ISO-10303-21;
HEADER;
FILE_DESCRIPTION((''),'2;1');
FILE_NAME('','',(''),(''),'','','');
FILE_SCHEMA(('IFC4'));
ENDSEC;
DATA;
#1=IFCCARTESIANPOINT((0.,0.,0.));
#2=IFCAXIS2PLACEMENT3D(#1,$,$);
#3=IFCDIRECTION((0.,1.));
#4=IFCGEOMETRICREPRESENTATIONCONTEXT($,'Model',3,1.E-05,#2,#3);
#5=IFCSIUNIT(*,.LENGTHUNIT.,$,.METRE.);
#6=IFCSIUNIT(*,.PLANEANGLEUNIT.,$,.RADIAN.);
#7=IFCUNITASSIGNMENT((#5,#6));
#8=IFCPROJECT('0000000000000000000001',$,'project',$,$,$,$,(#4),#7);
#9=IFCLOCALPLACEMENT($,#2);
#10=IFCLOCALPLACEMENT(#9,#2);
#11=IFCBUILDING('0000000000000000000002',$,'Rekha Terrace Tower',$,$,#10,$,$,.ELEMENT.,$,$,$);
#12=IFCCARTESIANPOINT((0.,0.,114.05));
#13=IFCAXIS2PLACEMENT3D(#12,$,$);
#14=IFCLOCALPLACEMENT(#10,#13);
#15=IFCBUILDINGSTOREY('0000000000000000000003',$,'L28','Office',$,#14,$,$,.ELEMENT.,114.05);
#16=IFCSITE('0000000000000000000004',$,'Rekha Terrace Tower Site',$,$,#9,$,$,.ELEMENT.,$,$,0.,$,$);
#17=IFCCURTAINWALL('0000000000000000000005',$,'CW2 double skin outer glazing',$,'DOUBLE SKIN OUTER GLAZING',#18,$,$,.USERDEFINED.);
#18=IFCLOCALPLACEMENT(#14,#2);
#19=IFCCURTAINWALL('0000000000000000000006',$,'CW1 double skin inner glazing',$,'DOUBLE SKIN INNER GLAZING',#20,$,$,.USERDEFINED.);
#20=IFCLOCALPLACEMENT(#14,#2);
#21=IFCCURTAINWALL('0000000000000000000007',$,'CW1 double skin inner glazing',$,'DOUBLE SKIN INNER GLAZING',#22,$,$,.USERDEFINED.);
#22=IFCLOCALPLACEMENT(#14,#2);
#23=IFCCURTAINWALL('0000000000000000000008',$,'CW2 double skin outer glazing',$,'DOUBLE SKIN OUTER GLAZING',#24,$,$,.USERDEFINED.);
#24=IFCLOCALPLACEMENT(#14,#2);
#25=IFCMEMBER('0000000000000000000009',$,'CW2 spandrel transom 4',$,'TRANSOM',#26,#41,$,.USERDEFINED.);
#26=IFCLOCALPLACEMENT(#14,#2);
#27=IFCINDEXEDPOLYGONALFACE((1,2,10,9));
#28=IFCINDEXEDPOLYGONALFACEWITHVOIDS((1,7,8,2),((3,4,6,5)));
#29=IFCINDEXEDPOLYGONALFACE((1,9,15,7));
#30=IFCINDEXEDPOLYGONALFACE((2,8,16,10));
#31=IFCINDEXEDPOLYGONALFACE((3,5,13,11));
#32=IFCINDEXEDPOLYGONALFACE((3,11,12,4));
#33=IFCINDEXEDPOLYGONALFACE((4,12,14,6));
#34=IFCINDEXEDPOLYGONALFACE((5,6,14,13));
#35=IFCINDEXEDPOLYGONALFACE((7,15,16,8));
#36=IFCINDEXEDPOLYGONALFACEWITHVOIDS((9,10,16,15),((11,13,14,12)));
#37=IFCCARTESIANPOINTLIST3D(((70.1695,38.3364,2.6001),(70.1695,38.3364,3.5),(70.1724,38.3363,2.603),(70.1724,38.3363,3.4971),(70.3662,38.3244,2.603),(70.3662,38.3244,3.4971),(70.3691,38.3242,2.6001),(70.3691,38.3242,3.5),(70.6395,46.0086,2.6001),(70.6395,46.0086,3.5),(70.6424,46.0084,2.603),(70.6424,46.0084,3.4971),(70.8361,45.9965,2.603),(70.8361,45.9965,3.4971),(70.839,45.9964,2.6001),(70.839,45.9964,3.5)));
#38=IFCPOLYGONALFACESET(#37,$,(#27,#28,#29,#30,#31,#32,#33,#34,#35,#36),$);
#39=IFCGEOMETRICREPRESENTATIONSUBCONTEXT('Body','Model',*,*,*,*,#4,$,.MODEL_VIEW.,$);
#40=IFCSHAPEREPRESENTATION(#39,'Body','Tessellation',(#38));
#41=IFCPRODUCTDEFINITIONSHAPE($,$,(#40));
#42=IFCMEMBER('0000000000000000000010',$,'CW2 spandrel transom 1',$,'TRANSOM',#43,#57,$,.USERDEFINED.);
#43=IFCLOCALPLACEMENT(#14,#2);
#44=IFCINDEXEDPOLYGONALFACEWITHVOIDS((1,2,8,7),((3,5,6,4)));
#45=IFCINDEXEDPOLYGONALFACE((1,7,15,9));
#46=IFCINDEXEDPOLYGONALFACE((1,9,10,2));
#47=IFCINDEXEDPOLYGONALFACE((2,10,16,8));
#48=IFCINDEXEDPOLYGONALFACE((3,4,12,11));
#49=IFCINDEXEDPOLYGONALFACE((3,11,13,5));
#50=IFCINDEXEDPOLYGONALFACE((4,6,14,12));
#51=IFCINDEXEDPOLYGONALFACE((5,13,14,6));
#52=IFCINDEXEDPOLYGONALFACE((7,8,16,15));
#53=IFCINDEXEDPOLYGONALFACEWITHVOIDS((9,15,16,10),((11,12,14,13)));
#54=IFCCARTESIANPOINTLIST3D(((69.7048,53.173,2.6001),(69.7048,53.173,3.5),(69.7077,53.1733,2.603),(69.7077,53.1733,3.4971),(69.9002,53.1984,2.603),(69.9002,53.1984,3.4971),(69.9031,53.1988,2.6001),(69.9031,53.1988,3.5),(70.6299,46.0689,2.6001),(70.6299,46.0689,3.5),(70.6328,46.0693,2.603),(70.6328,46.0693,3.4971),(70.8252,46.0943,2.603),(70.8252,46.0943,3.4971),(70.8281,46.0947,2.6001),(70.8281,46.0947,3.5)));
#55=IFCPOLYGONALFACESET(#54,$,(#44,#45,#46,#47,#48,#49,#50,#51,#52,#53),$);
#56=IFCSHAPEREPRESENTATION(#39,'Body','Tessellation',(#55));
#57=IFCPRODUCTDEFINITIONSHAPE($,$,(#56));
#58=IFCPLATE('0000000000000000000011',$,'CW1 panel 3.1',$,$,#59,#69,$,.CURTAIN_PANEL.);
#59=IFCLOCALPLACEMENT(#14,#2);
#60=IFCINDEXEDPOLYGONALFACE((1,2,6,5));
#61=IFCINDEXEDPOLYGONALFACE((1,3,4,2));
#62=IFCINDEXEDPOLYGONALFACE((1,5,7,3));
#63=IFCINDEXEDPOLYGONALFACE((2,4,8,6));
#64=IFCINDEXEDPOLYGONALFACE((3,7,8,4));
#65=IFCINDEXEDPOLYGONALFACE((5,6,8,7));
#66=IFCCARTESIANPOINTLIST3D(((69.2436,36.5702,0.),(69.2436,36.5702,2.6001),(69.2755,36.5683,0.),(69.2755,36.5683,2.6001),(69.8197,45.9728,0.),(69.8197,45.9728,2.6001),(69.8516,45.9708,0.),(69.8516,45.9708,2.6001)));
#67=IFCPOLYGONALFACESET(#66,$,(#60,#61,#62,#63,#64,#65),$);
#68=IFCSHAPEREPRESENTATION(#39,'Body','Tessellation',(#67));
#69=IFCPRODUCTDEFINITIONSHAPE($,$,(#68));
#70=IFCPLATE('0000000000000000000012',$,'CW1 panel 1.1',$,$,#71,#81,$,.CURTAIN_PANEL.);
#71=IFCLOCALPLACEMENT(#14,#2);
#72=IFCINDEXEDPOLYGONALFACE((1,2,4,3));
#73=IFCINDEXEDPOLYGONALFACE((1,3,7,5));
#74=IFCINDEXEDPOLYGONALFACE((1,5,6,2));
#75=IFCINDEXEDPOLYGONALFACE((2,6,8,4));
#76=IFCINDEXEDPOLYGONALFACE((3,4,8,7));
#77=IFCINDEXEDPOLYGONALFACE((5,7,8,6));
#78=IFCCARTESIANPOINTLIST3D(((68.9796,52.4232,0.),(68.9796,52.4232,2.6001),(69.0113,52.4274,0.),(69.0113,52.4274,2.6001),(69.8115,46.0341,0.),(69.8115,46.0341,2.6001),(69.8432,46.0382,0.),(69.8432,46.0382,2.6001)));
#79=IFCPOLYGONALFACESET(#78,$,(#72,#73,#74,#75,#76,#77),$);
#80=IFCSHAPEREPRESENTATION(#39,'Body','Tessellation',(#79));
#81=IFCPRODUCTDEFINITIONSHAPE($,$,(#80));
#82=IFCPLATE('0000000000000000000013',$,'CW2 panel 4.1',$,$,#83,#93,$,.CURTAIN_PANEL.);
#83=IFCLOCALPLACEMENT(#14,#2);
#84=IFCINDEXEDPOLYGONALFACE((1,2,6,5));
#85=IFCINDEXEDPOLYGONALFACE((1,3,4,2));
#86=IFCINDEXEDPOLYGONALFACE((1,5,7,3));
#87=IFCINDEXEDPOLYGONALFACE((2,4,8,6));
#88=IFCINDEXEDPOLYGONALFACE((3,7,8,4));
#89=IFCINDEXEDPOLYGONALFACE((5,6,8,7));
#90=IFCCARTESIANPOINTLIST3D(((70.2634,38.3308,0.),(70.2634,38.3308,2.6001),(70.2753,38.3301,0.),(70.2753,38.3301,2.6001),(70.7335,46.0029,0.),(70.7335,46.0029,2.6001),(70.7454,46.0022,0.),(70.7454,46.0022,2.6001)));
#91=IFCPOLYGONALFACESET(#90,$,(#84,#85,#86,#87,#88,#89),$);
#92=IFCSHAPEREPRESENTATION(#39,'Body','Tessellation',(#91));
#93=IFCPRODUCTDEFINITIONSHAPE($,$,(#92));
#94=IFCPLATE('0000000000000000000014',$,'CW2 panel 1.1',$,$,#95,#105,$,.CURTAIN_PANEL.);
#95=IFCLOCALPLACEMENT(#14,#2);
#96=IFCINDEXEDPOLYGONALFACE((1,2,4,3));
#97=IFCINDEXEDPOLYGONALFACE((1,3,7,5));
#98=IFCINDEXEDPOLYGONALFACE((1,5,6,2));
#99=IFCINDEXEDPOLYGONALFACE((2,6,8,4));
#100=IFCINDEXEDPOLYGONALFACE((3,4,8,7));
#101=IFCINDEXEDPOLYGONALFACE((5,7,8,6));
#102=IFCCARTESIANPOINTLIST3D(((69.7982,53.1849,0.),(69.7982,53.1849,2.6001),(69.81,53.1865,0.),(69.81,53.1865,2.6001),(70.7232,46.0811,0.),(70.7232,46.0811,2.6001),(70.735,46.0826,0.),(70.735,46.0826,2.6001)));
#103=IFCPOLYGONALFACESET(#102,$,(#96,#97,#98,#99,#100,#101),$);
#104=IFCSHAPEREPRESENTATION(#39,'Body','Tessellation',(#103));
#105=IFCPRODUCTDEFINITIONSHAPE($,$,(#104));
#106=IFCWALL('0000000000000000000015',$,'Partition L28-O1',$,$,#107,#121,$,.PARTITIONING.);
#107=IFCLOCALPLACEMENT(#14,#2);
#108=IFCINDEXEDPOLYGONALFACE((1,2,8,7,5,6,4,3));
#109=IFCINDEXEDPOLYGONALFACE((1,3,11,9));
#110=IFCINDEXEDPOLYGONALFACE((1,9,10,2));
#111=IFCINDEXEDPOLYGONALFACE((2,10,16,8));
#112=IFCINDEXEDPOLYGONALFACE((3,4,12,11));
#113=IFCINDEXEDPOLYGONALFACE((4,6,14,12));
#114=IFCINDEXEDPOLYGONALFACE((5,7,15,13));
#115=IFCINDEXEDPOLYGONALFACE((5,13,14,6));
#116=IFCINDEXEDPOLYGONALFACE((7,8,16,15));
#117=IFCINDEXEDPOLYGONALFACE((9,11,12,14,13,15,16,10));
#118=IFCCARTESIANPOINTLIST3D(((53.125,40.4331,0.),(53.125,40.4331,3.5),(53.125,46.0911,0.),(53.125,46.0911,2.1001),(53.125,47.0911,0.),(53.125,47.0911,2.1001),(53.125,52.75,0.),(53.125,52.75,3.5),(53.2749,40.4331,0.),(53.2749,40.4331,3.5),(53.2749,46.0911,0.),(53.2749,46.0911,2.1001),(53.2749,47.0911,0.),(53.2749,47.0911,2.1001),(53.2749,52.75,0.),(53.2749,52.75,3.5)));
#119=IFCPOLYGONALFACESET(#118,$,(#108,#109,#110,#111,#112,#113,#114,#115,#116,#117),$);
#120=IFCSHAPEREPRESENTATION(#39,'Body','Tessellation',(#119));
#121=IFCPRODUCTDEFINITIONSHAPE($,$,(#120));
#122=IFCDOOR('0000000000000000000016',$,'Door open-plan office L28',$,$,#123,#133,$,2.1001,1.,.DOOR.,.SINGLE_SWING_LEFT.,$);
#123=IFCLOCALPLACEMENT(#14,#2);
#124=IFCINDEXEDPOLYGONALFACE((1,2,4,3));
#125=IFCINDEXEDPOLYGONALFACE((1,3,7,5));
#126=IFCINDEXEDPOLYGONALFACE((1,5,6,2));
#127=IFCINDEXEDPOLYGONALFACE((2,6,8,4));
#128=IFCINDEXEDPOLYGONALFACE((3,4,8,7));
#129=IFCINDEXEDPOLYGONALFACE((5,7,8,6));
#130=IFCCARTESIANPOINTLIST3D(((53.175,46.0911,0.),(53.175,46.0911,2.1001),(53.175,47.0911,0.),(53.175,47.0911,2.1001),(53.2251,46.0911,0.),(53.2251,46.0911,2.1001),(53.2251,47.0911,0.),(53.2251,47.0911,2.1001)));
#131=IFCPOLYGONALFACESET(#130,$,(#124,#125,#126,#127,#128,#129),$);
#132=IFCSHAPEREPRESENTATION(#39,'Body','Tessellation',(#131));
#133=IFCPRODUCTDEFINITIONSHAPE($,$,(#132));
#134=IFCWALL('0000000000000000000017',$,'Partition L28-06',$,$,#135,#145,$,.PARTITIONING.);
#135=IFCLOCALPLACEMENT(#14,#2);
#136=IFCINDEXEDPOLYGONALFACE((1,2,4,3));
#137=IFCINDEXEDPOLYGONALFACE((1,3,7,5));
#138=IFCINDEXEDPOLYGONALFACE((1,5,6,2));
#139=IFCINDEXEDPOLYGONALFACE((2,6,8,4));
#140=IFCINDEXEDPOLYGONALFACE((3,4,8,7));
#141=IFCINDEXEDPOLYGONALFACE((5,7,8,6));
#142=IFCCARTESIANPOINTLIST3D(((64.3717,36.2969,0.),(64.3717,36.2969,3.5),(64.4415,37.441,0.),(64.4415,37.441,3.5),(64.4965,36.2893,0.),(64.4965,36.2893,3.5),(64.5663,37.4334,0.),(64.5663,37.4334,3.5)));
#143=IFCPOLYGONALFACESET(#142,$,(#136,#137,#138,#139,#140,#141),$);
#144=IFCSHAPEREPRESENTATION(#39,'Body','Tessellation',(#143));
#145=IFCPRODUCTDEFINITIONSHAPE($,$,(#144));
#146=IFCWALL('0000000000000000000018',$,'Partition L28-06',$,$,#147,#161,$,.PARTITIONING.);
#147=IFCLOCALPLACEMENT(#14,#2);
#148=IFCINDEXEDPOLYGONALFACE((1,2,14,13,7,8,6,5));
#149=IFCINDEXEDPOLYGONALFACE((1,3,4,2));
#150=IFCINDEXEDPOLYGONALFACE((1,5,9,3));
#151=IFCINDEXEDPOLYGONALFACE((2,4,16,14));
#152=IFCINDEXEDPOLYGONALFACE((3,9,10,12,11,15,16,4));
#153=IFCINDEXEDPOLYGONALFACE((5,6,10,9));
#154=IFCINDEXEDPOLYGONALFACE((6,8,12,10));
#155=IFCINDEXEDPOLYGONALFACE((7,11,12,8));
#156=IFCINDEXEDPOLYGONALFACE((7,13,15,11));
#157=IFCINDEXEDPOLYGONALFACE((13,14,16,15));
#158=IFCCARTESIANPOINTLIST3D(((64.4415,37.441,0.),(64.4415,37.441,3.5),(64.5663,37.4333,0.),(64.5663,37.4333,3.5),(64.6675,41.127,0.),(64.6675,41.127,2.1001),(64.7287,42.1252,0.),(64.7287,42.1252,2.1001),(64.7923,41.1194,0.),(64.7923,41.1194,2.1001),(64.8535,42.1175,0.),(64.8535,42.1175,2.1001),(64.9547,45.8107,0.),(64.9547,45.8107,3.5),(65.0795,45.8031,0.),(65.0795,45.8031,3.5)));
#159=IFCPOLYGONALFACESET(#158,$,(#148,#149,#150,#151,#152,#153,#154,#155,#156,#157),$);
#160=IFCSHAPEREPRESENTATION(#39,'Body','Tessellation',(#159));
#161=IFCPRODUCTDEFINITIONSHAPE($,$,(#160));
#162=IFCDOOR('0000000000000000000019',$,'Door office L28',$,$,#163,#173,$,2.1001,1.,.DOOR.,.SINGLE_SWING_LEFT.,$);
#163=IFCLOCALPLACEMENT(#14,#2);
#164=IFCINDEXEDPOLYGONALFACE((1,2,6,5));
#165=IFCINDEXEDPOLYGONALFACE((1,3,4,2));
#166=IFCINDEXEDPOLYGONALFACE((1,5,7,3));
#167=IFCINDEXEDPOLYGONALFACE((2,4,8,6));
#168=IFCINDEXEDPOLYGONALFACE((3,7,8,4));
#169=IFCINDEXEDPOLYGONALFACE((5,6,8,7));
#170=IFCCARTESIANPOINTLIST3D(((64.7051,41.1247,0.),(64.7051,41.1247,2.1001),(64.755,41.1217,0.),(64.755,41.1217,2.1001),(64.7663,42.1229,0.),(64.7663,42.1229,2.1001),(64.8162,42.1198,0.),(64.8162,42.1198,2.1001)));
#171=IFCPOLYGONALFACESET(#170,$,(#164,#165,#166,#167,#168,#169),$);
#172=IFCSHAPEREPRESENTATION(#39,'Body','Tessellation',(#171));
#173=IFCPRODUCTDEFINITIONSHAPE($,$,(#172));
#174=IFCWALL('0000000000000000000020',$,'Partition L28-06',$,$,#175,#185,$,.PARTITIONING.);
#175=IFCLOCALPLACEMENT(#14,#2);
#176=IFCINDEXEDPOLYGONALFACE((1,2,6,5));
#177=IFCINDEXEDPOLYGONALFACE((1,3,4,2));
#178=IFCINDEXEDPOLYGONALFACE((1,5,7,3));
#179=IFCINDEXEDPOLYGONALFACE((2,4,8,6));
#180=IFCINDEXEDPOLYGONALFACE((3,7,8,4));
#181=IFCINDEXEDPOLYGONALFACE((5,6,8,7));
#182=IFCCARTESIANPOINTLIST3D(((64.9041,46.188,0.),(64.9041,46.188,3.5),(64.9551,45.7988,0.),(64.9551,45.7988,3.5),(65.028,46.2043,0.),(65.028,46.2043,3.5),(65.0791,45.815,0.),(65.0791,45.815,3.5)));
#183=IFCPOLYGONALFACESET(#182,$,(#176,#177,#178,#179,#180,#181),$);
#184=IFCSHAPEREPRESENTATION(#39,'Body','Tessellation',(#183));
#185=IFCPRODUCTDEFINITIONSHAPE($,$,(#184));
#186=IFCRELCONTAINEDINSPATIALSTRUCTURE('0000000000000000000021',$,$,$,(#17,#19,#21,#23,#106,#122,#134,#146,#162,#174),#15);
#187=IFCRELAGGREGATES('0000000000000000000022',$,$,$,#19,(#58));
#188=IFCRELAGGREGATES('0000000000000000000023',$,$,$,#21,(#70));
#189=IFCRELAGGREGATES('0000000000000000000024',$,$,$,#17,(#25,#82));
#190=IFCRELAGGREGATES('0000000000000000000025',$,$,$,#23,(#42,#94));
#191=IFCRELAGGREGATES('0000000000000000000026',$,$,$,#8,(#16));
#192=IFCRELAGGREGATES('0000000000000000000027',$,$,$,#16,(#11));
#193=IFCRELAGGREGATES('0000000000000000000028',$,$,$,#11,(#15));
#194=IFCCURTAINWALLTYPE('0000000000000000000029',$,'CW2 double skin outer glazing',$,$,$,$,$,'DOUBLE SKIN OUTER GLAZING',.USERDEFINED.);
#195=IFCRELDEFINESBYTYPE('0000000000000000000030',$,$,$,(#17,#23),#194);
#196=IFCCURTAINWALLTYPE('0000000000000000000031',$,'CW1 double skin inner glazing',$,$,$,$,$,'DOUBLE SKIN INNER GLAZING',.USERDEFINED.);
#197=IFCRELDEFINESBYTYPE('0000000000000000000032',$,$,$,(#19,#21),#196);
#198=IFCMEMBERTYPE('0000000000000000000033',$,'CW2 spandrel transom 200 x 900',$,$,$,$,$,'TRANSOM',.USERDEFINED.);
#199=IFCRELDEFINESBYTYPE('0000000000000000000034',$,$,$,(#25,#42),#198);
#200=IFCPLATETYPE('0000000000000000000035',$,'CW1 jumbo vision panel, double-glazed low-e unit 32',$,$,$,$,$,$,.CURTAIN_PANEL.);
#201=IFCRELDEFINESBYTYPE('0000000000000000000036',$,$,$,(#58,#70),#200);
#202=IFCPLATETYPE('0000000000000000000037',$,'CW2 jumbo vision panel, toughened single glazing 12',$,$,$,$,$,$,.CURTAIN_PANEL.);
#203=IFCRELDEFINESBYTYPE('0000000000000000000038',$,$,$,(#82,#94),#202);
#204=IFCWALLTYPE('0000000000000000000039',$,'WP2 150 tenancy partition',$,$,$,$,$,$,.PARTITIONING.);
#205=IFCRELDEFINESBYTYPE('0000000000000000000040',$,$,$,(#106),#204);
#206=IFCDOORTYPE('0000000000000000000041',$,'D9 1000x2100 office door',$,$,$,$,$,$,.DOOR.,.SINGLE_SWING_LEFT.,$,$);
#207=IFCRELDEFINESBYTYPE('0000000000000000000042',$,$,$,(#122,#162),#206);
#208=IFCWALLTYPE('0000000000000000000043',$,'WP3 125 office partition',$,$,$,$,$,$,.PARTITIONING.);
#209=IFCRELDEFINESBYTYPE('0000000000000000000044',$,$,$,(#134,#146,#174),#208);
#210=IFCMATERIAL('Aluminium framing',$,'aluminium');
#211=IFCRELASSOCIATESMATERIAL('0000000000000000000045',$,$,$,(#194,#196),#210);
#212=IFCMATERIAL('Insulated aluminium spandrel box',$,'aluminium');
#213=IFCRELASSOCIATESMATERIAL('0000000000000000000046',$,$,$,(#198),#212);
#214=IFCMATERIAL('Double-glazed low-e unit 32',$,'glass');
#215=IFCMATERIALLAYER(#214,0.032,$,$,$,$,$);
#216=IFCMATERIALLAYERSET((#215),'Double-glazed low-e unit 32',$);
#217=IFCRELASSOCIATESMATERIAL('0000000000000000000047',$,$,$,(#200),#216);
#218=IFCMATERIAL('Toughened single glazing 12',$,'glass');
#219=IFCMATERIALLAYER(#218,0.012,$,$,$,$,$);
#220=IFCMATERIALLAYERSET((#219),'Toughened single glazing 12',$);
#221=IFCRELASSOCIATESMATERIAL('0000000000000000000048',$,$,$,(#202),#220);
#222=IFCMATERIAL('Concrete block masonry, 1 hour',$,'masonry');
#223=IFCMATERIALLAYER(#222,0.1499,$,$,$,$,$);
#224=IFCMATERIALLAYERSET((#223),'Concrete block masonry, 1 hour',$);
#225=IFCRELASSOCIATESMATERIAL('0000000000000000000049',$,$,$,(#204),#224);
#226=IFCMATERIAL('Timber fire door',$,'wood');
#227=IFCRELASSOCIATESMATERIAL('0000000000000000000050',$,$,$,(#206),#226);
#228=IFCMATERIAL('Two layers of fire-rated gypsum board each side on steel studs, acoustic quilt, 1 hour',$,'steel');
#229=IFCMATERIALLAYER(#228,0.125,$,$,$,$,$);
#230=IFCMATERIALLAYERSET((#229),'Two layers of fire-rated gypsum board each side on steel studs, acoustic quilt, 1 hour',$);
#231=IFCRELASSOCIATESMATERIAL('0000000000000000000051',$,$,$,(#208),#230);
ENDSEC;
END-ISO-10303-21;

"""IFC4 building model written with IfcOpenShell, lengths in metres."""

from ifc_helpers import new_model, si_unit, direction, frame, frame_2d, origin, origin_2d, place, context, subcontext, project, spatial, rectangle, hollow_rectangle, extrude, material, layer, layer_set, material_profile, profile_set, type_object, element, fill, aggregate, save


model = new_model("IFC4")

# Units and contexts
model_context = context("Model", 3, precision=1e-05, world=origin(), true_north=direction((0.0, 1.0)))
body_context = subcontext(model_context, "Body", "Model", "MODEL_VIEW")
ifc_project = project(units=[si_unit("LENGTHUNIT", "METRE"), si_unit("PLANEANGLEUNIT", "RADIAN")], contexts=[model_context])

# Site, building, storey
site_placement = place(None, origin())
site = spatial("IfcSite", under=ifc_project, at=site_placement, Name="Rekha Terrace Tower Site", CompositionType="ELEMENT", RefElevation=0.0)
building_placement = place(site_placement, origin())
building = spatial("IfcBuilding", under=site, at=building_placement, Name="Rekha Terrace Tower", CompositionType="ELEMENT")
storey_placement = place(building_placement, frame((0.0, 0.0, 114.05)))
storey = spatial("IfcBuildingStorey", under=building, at=storey_placement, Name="L28", Description="Office", CompositionType="ELEMENT", Elevation=114.05)

# Curtain walls
ifc_material_1 = material(Name="Aluminium framing", Category="aluminium")
curtain_wall_type_1 = type_object("IfcCurtainWallType", Name="CW2 double skin outer glazing", ElementType="DOUBLE SKIN OUTER GLAZING", PredefinedType="USERDEFINED", material=ifc_material_1)
curtain_wall_1_placement = place(storey_placement, origin())
curtain_wall_1 = element("IfcCurtainWall", 1, at=curtain_wall_1_placement, inside=storey, type_object=curtain_wall_type_1, Name="CW2 double skin outer glazing", ObjectType="DOUBLE SKIN OUTER GLAZING", PredefinedType="USERDEFINED")
curtain_wall_type_2 = type_object("IfcCurtainWallType", Name="CW1 double skin inner glazing", ElementType="DOUBLE SKIN INNER GLAZING", PredefinedType="USERDEFINED", material=ifc_material_1)
curtain_wall_2_placement = place(storey_placement, origin())
curtain_wall_2 = element("IfcCurtainWall", 2, at=curtain_wall_2_placement, inside=storey, type_object=curtain_wall_type_2, Name="CW1 double skin inner glazing", ObjectType="DOUBLE SKIN INNER GLAZING", PredefinedType="USERDEFINED")
curtain_wall_3_placement = place(storey_placement, origin())
curtain_wall_3 = element("IfcCurtainWall", 3, at=curtain_wall_3_placement, inside=storey, type_object=curtain_wall_type_2, Name="CW1 double skin inner glazing", ObjectType="DOUBLE SKIN INNER GLAZING", PredefinedType="USERDEFINED")

# Shared definitions
ifc_material_2 = material(Name="Insulated aluminium spandrel box", Category="aluminium")

# Curtain wall
curtain_wall_4_placement = place(storey_placement, origin())
curtain_wall_4 = element("IfcCurtainWall", 4, at=curtain_wall_4_placement, inside=storey, type_object=curtain_wall_type_1, Name="CW2 double skin outer glazing", ObjectType="DOUBLE SKIN OUTER GLAZING", PredefinedType="USERDEFINED")

# Members
ifc_material_profile_1 = material_profile(ifc_material_2, hollow_rectangle(XDim=0.2, YDim=0.8999, WallThickness=0.0029, at=origin_2d()), Name="AL SPANDREL BOX 200x900")
ifc_profile_set_1 = profile_set([ifc_material_profile_1], Name="Insulated aluminium spandrel box")
member_type_1 = type_object("IfcMemberType", Name="CW2 spandrel transom 200 x 900", ElementType="TRANSOM", PredefinedType="USERDEFINED", material=ifc_profile_set_1)
member_1_placement = place(storey_placement, frame((70.2693, 38.3303, 3.05), z_axis=(0.061142, 0.998129, 0.0), x_axis=(-0.998129, 0.061142, 0.0)))
member_1 = element("IfcMember", 5, at=member_1_placement, type_object=member_type_1, Name="CW2 spandrel transom 4", ObjectType="TRANSOM", PredefinedType="USERDEFINED", context=body_context, shape_type="SweptSolid", body=[
    extrude(hollow_rectangle(XDim=0.2, YDim=0.8999, WallThickness=0.0029, at=origin_2d()), origin(), (0.0, 0.0, 1.0), 7.6865),
])
member_2_placement = place(storey_placement, frame((70.729, 46.0818, 3.05), z_axis=(-0.129125, 0.991628, 0.0), x_axis=(-0.991628, -0.129125, 0.0)))
member_2 = element("IfcMember", 6, at=member_2_placement, type_object=member_type_1, Name="CW2 spandrel transom 1", ObjectType="TRANSOM", PredefinedType="USERDEFINED", context=body_context, shape_type="SweptSolid", body=[
    extrude(hollow_rectangle(XDim=0.2, YDim=0.8999, WallThickness=0.0029, at=origin_2d()), origin(), (0.0, 0.0, 1.0), 7.1641),
])

# Plates
ifc_material_3 = material(Name="Double-glazed low-e unit 32", Category="glass")
ifc_layer_1 = layer(ifc_material_3, 0.032)
ifc_layer_set_1 = layer_set([ifc_layer_1], Name="Double-glazed low-e unit 32")
plate_type_1 = type_object("IfcPlateType", Name="CW1 jumbo vision panel, double-glazed low-e unit 32", PredefinedType="CURTAIN_PANEL", material=ifc_layer_set_1)
plate_1_placement = place(storey_placement, frame((69.5476, 41.2705, 0.0), z_axis=(0.0, 0.0, 1.0), x_axis=(0.06116, 0.998128, 0.0)))
plate_1 = element("IfcPlate", 7, at=plate_1_placement, type_object=plate_type_1, Name="CW1 panel 3.1", PredefinedType="CURTAIN_PANEL", context=body_context, shape_type="SweptSolid", body=[
    extrude(rectangle(XDim=9.4202, YDim=0.032, at=origin_2d()), origin(), (0.0, 0.0, 1.0), 2.6001),
])
aggregate(curtain_wall_2, [plate_1])
plate_2_placement = place(storey_placement, frame((69.4114, 49.2307, 0.0), z_axis=(0.0, 0.0, 1.0), x_axis=(-0.129118, 0.991629, 0.0)))
plate_2 = element("IfcPlate", 8, at=plate_2_placement, type_object=plate_type_1, Name="CW1 panel 1.1", PredefinedType="CURTAIN_PANEL", context=body_context, shape_type="SweptSolid", body=[
    extrude(rectangle(XDim=6.4431, YDim=0.032, at=origin_2d()), origin(), (0.0, 0.0, 1.0), 2.6001),
])
aggregate(curtain_wall_3, [plate_2])
ifc_material_4 = material(Name="Toughened single glazing 12", Category="glass")
ifc_layer_2 = layer(ifc_material_4, 0.012)
ifc_layer_set_2 = layer_set([ifc_layer_2], Name="Toughened single glazing 12")
plate_type_2 = type_object("IfcPlateType", Name="CW2 jumbo vision panel, toughened single glazing 12", PredefinedType="CURTAIN_PANEL", material=ifc_layer_set_2)
plate_3_placement = place(storey_placement, frame((70.5044, 42.1665, 0.0), z_axis=(0.0, 0.0, 1.0), x_axis=(0.06116, 0.998128, 0.0)))
plate_3 = element("IfcPlate", 9, at=plate_3_placement, type_object=plate_type_2, Name="CW2 panel 4.1", PredefinedType="CURTAIN_PANEL", context=body_context, shape_type="SweptSolid", body=[
    extrude(rectangle(XDim=7.6865, YDim=0.012, at=origin_2d()), origin(), (0.0, 0.0, 1.0), 2.6001),
])
aggregate(curtain_wall_1, [member_1, plate_3])
plate_4_placement = place(storey_placement, frame((70.2666, 49.6338, 0.0), z_axis=(0.0, 0.0, 1.0), x_axis=(-0.129118, 0.991629, 0.0)))
plate_4 = element("IfcPlate", 10, at=plate_4_placement, type_object=plate_type_2, Name="CW2 panel 1.1", PredefinedType="CURTAIN_PANEL", context=body_context, shape_type="SweptSolid", body=[
    extrude(rectangle(XDim=7.1638, YDim=0.012, at=origin_2d()), origin(), (0.0, 0.0, 1.0), 2.6001),
])
aggregate(curtain_wall_4, [member_2, plate_4])

# Wall, opening, door
ifc_material_5 = material(Name="Concrete block masonry, 1 hour", Category="masonry")
ifc_layer_3 = layer(ifc_material_5, 0.1499)
ifc_layer_set_3 = layer_set([ifc_layer_3], Name="Concrete block masonry, 1 hour")
wall_type_1 = type_object("IfcWallType", Name="WP2 150 tenancy partition", PredefinedType="PARTITIONING", material=ifc_layer_set_3)
wall_1_placement = place(storey_placement, frame((53.2, 40.4331, 0.0), z_axis=(0.0, 0.0, 1.0), x_axis=(0.0, 1.0, 0.0)))
wall_1 = element("IfcWall", 11, at=wall_1_placement, inside=storey, type_object=wall_type_1, Name="Partition L28-O1", PredefinedType="PARTITIONING", context=body_context, shape_type="SweptSolid", body=[
    extrude(rectangle(XDim=12.3169, YDim=0.1499, at=frame_2d((6.1584, 0.0))), origin(), (0.0, 0.0, 1.0), 3.5),
])
opening_1_placement = place(wall_1_placement, frame((5.658, 0.0, 0.0)))
opening_1 = element("IfcOpeningElement", 12, at=opening_1_placement, cuts=wall_1, PredefinedType="OPENING", context=body_context, shape_type="SweptSolid", body=[
    extrude(rectangle(XDim=1.0, YDim=2.1001, at=frame_2d((0.5, 1.05))), frame((0.0, 0.085, 0.0), z_axis=(0.0, -1.0, 0.0), x_axis=(1.0, 0.0, 0.0)), (0.0, 0.0, 1.0), 0.1699),
])
ifc_material_6 = material(Name="Timber fire door", Category="wood")
door_type = type_object("IfcDoorType", Name="D9 1000x2100 office door", OperationType="SINGLE_SWING_LEFT", PredefinedType="DOOR", material=ifc_material_6)
door_1_placement = place(opening_1_placement, origin())
door_1 = element("IfcDoor", 13, at=door_1_placement, inside=storey, type_object=door_type, Name="Door open-plan office L28", OperationType="SINGLE_SWING_LEFT", OverallHeight=2.1001, OverallWidth=1.0, PredefinedType="DOOR", context=body_context, shape_type="SweptSolid", body=[
    extrude(rectangle(XDim=1.0, YDim=2.1001, at=frame_2d((0.5, 1.05))), frame((0.0, 0.0249, 0.0), z_axis=(0.0, -1.0, 0.0), x_axis=(1.0, 0.0, 0.0)), (0.0, 0.0, 1.0), 0.05),
])
fill(opening_1, door_1)

# Wall
ifc_material_7 = material(Name="Two layers of fire-rated gypsum board each side on steel studs, acoustic quilt, 1 hour", Category="steel")
ifc_layer_4 = layer(ifc_material_7, 0.125)
ifc_layer_set_4 = layer_set([ifc_layer_4], Name="Two layers of fire-rated gypsum board each side on steel studs, acoustic quilt, 1 hour")
wall_type_2 = type_object("IfcWallType", Name="WP3 125 office partition", PredefinedType="PARTITIONING", material=ifc_layer_set_4)
wall_2_placement = place(storey_placement, frame((64.4341, 36.293, 0.0), z_axis=(0.0, 0.0, 1.0), x_axis=(0.06092, 0.998143, 0.0)))
element("IfcWall", 14, at=wall_2_placement, inside=storey, type_object=wall_type_2, Name="Partition L28-06", PredefinedType="PARTITIONING", context=body_context, shape_type="SweptSolid", body=[
    extrude(rectangle(XDim=1.1462, YDim=0.125, at=frame_2d((0.5732, 0.0))), origin(), (0.0, 0.0, 1.0), 3.5),
])

# Wall, opening, door
wall_3_placement = place(storey_placement, frame((64.5039, 37.437, 0.0), z_axis=(0.0, 0.0, 1.0), x_axis=(0.061198, 0.998126, 0.0)))
wall_3 = element("IfcWall", 15, at=wall_3_placement, inside=storey, type_object=wall_type_2, Name="Partition L28-06", PredefinedType="PARTITIONING", context=body_context, shape_type="SweptSolid", body=[
    extrude(rectangle(XDim=8.3855, YDim=0.125, at=frame_2d((4.1929, 0.0))), origin(), (0.0, 0.0, 1.0), 3.5),
])
opening_2_placement = place(wall_3_placement, frame((3.6931, 0.0, 0.0)))
opening_2 = element("IfcOpeningElement", 16, at=opening_2_placement, cuts=wall_3, PredefinedType="OPENING", context=body_context, shape_type="SweptSolid", body=[
    extrude(rectangle(XDim=1.0, YDim=2.1001, at=frame_2d((0.5, 1.05))), frame((0.0, 0.0725, 0.0), z_axis=(0.0, -1.0, 0.0), x_axis=(1.0, 0.0, 0.0)), (0.0, 0.0, 1.0), 0.145),
])
door_2_placement = place(opening_2_placement, origin())
door_2 = element("IfcDoor", 17, at=door_2_placement, inside=storey, type_object=door_type, Name="Door office L28", OperationType="SINGLE_SWING_LEFT", OverallHeight=2.1001, OverallWidth=1.0, PredefinedType="DOOR", context=body_context, shape_type="SweptSolid", body=[
    extrude(rectangle(XDim=1.0, YDim=2.1001, at=frame_2d((0.5, 1.05))), frame((0.0, 0.0249, 0.0), z_axis=(0.0, -1.0, 0.0), x_axis=(1.0, 0.0, 0.0)), (0.0, 0.0, 1.0), 0.05),
])
fill(opening_2, door_2)

# Wall
wall_4_placement = place(storey_placement, frame((65.0171, 45.8069, 0.0), z_axis=(0.0, 0.0, 1.0), x_axis=(-0.130004, 0.991513, 0.0)))
element("IfcWall", 18, at=wall_4_placement, inside=storey, type_object=wall_type_2, Name="Partition L28-06", PredefinedType="PARTITIONING", context=body_context, shape_type="SweptSolid", body=[
    extrude(rectangle(XDim=0.3926, YDim=0.125, at=frame_2d((0.1963, 0.0))), origin(), (0.0, 0.0, 1.0), 3.5),
])

save(model, "model.ifc")
